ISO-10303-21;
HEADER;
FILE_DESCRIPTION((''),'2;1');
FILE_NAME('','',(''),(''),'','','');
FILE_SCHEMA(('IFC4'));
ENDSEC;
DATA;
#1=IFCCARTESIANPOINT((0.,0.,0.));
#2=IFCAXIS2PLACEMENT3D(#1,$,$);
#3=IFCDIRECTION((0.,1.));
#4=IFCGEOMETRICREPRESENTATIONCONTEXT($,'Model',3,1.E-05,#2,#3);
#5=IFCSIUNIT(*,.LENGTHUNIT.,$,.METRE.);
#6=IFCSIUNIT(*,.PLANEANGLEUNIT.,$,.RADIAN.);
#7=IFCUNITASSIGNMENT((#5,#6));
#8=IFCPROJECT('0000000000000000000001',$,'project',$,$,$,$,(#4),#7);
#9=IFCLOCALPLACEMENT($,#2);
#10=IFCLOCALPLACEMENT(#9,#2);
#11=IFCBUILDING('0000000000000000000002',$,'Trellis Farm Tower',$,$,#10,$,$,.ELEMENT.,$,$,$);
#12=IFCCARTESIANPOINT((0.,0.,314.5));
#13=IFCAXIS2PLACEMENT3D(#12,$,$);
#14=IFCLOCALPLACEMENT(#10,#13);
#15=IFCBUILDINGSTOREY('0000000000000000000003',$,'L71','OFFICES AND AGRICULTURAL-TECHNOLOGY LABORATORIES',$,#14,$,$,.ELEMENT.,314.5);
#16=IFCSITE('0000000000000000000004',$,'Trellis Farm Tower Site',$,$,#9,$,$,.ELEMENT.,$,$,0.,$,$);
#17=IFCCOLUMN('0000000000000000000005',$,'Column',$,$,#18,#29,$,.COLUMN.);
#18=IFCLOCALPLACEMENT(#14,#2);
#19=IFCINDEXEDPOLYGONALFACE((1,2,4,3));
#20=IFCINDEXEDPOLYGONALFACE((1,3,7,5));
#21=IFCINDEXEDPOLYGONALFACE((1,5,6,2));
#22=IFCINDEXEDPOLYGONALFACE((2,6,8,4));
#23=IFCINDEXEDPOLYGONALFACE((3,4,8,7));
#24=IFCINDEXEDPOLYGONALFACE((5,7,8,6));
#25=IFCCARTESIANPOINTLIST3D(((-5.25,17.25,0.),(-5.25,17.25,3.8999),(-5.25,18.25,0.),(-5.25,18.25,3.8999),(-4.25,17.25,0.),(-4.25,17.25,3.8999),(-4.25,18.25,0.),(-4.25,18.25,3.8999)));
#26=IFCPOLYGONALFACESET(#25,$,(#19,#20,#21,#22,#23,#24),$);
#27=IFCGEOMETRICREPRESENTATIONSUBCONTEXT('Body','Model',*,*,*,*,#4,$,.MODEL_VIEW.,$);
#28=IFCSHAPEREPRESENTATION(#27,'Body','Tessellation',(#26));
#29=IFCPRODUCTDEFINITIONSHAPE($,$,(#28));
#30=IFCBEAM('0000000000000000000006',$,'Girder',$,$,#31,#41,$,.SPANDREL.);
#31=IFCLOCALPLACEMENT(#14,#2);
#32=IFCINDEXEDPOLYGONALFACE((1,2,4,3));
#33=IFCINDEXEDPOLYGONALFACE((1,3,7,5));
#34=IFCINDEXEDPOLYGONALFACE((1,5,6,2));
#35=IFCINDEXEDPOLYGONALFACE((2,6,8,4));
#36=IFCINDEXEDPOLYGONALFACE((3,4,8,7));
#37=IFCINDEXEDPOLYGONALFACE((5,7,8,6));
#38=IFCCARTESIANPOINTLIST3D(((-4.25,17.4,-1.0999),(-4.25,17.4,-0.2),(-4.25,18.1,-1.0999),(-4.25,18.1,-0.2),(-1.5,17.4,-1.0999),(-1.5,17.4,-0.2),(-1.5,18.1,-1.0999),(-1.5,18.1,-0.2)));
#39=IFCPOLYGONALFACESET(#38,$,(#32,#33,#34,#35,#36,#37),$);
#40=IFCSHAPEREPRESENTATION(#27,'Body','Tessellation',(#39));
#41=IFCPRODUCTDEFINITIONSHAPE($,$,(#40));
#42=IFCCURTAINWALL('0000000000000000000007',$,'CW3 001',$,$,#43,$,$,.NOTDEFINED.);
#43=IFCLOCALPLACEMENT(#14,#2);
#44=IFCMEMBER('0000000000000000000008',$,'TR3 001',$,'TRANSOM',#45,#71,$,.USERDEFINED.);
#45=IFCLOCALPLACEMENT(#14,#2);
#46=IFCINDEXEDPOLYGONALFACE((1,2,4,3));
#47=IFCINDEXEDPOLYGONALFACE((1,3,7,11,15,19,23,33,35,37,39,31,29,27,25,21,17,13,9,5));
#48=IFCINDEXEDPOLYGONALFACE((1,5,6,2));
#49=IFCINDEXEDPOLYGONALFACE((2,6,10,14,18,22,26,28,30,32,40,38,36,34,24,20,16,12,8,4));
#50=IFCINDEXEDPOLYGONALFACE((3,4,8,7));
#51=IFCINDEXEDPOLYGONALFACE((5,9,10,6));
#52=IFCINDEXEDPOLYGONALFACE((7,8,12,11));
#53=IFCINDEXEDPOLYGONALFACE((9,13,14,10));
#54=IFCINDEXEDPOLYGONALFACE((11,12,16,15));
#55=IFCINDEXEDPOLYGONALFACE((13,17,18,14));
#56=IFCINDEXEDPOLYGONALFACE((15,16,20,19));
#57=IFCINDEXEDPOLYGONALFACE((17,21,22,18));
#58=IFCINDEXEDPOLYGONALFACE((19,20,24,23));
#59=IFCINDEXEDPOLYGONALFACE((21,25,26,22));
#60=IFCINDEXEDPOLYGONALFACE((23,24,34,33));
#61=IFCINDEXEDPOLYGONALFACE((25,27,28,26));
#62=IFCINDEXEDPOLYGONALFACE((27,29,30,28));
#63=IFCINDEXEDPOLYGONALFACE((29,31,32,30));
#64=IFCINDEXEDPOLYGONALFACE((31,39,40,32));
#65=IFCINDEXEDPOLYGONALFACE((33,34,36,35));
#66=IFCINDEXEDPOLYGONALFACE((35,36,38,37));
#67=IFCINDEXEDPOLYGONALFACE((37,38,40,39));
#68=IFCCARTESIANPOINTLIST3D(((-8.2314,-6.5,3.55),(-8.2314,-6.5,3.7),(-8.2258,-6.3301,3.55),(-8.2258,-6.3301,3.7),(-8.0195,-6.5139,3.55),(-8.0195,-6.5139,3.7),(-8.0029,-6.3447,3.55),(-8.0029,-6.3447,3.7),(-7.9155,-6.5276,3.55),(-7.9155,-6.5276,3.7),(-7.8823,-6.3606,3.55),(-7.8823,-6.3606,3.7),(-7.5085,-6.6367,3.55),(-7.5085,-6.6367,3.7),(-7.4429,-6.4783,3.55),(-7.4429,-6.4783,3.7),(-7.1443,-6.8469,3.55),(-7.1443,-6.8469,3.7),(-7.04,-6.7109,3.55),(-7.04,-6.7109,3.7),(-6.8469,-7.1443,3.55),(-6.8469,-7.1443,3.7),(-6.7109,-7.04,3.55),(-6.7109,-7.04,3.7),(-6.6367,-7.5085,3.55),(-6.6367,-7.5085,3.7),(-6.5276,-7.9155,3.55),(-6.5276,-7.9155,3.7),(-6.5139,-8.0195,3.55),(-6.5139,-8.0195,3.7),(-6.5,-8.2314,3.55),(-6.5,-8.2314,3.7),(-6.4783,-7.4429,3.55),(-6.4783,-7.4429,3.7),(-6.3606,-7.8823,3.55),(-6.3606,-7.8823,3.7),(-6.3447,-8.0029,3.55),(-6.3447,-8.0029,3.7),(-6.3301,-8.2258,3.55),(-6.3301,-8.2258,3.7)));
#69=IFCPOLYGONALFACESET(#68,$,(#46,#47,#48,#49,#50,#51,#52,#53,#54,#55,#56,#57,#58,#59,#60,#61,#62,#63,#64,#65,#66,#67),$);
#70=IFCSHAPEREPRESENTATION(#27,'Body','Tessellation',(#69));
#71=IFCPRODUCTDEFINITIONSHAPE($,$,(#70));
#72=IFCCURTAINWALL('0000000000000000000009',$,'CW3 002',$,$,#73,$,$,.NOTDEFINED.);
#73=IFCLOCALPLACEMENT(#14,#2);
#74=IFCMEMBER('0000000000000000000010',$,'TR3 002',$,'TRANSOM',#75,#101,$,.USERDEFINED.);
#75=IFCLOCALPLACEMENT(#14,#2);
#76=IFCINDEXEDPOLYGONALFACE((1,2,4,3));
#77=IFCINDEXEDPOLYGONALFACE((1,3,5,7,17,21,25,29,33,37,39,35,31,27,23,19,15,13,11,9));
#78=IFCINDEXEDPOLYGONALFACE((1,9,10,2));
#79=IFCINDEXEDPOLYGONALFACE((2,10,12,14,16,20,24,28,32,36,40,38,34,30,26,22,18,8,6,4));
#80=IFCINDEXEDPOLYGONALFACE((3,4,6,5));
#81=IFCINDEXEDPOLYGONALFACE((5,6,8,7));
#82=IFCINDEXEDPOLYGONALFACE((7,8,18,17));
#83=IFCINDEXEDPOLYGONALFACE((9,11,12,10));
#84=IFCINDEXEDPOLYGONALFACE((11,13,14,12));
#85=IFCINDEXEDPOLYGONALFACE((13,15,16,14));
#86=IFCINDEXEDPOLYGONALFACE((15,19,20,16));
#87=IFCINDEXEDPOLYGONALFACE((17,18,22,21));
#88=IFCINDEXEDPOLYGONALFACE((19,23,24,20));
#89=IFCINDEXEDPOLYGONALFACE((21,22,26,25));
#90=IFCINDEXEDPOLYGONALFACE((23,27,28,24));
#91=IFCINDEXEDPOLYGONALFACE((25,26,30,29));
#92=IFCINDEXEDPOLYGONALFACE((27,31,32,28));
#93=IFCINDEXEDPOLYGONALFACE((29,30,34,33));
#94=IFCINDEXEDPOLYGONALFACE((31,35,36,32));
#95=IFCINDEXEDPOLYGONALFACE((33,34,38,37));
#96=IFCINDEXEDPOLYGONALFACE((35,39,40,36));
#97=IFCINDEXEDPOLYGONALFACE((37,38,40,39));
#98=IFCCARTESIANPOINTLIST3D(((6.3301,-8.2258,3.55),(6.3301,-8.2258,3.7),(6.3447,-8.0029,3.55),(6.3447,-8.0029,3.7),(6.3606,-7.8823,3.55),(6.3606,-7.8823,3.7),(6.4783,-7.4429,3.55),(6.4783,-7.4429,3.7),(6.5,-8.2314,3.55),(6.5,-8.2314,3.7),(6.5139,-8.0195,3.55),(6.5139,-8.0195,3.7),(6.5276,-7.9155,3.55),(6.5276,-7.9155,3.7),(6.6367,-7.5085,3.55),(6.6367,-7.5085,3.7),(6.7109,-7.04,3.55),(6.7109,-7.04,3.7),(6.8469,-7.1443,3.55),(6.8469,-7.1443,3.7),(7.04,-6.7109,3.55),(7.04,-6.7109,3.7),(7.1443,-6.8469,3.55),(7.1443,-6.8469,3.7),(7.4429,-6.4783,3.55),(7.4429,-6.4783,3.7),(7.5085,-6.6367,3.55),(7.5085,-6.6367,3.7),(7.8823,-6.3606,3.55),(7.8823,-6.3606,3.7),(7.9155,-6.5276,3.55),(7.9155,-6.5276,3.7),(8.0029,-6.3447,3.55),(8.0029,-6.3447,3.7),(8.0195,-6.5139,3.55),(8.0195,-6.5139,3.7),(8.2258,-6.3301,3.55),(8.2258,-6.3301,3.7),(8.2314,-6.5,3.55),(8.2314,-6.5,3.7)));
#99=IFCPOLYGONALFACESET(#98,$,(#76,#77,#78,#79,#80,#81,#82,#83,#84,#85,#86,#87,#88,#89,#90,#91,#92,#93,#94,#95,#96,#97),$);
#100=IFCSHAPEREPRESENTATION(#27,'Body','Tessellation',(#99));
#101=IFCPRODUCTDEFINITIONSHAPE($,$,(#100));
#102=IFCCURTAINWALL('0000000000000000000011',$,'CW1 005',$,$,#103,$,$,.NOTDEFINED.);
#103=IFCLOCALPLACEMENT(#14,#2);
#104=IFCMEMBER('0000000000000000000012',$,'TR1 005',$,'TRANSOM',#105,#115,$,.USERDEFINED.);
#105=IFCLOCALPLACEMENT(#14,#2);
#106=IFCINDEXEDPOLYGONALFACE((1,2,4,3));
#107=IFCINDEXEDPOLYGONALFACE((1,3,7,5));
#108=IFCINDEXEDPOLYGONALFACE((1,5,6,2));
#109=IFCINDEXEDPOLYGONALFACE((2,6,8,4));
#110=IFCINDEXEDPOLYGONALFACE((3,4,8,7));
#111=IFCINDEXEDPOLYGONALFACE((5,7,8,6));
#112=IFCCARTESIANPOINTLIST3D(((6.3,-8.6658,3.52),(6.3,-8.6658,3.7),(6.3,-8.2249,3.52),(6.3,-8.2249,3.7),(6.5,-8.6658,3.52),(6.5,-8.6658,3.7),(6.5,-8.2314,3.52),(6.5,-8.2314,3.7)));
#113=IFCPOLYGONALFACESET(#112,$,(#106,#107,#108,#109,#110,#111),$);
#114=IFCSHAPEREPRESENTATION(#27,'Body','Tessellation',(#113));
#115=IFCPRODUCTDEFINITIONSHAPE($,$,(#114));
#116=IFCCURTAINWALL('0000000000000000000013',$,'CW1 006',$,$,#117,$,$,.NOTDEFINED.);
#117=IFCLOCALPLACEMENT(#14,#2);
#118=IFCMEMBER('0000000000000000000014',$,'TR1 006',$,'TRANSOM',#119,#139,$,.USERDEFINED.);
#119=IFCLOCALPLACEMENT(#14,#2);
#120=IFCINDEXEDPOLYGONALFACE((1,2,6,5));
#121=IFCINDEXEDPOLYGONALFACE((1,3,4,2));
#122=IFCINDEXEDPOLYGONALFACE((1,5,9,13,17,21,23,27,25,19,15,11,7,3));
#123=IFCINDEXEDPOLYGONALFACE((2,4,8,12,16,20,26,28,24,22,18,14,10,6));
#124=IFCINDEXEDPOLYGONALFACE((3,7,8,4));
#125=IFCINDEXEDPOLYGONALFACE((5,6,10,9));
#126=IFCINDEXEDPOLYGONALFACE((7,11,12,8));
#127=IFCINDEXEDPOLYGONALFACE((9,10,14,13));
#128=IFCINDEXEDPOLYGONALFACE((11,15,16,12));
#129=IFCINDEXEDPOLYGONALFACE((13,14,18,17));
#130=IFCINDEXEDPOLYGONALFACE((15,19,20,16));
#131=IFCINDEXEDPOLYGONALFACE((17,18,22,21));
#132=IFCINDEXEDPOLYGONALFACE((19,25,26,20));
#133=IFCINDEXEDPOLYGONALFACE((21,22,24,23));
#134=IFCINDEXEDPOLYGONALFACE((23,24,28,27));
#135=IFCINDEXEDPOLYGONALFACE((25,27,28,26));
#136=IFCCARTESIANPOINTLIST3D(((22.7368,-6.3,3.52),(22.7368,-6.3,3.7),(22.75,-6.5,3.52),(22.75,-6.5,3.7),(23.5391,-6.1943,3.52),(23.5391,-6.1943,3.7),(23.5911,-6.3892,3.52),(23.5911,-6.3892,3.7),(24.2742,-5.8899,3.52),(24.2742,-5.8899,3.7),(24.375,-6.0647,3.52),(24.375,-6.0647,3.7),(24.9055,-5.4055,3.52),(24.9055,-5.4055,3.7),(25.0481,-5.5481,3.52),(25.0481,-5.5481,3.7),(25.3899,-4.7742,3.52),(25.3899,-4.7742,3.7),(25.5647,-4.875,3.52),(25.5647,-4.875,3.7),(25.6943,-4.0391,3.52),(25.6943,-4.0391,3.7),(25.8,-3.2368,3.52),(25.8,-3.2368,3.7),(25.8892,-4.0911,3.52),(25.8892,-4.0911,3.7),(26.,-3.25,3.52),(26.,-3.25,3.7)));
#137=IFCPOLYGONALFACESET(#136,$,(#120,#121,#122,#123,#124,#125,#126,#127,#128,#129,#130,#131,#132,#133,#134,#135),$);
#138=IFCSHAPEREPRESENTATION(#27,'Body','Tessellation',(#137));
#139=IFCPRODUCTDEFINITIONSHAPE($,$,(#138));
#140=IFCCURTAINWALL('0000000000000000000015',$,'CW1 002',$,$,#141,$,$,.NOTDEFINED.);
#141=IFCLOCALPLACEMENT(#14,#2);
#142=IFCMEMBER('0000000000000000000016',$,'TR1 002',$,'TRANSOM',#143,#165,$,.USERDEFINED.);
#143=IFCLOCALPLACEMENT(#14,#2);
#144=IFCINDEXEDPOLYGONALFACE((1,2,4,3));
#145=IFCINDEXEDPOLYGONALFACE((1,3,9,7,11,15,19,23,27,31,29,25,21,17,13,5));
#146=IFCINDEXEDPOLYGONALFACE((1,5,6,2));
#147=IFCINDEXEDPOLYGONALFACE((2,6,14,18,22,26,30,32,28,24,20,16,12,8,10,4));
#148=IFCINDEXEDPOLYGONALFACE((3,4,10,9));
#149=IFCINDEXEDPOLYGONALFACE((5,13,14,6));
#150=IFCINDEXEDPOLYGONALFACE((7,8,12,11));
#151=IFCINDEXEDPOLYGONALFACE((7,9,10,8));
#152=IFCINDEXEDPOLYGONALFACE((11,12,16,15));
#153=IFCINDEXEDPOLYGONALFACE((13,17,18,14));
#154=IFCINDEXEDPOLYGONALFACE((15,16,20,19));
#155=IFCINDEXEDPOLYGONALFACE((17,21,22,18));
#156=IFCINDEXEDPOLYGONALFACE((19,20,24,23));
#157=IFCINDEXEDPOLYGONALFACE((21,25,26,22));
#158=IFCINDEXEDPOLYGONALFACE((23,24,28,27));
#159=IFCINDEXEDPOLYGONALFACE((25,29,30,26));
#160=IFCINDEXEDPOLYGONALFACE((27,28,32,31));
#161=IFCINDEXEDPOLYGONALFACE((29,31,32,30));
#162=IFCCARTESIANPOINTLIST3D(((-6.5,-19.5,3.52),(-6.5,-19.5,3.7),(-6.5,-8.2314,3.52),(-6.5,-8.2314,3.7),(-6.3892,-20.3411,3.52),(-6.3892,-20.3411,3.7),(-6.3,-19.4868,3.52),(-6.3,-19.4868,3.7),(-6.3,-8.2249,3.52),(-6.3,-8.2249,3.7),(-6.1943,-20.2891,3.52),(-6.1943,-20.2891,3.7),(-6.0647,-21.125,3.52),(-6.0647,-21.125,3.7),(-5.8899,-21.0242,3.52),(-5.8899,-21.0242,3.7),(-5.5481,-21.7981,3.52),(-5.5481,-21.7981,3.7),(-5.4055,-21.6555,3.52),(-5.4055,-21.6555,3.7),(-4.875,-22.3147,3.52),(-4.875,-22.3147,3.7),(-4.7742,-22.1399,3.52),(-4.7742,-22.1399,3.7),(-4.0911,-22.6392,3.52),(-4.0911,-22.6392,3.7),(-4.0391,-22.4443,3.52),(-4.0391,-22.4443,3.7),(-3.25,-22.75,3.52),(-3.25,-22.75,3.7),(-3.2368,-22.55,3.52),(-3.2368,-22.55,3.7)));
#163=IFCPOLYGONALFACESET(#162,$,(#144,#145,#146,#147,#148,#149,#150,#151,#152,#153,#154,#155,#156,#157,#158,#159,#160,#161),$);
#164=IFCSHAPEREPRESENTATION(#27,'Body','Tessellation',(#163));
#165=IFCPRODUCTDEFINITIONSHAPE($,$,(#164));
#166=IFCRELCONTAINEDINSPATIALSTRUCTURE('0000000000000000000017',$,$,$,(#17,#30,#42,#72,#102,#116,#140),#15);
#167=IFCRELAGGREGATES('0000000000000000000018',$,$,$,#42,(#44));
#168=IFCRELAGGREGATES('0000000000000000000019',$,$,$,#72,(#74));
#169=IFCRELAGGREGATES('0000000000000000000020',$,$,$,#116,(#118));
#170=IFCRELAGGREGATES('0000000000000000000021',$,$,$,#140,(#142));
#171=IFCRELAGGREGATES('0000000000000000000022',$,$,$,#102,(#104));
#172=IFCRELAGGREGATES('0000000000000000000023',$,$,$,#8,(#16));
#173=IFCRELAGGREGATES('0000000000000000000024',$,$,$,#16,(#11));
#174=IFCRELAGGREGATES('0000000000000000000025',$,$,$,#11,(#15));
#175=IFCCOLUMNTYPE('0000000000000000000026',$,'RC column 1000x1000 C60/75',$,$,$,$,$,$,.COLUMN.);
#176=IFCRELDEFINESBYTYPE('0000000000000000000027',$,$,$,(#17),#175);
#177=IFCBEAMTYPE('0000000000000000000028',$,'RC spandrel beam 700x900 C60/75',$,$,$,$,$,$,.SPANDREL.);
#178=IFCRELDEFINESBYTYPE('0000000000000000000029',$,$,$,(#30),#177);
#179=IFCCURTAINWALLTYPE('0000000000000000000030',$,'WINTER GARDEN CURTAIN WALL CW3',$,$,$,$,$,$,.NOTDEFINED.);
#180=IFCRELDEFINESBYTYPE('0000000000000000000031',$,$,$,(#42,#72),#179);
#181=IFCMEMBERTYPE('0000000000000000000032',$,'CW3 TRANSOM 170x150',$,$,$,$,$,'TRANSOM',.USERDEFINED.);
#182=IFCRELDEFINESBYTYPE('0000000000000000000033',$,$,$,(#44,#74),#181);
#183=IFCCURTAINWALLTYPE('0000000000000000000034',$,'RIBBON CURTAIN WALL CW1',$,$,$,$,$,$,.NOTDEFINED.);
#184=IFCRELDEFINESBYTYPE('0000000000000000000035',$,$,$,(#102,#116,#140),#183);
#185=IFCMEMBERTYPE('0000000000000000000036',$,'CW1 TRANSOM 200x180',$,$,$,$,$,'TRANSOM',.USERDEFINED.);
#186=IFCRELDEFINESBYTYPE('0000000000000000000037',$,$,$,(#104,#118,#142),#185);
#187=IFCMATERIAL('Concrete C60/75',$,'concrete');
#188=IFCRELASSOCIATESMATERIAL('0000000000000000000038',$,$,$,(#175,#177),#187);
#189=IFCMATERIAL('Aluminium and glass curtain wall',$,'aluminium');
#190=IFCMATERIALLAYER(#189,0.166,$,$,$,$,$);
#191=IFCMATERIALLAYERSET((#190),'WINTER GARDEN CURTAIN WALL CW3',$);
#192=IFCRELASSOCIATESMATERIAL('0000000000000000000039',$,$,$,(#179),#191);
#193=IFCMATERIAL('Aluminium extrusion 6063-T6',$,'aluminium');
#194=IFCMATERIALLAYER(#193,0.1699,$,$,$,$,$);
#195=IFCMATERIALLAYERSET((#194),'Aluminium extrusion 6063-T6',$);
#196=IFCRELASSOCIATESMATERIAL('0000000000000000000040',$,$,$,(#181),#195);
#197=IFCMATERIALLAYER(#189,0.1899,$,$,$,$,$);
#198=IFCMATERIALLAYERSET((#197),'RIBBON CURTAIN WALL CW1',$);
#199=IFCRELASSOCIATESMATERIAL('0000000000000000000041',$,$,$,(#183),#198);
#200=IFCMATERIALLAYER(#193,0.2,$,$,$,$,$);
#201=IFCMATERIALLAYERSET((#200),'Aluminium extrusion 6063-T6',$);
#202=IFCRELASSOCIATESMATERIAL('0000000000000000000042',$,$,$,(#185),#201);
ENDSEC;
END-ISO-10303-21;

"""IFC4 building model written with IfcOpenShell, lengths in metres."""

from ifc_helpers import new_model, si_unit, direction, frame, origin, origin_2d, place, context, subcontext, project, spatial, polyline, rectangle, outline, extrude, source, transform, mapped, material, layer, layer_set, material_profile, profile_set, type_object, element, aggregate, save


model = new_model("IFC4")

# Units and contexts
model_context = context("Model", 3, precision=1e-05, world=origin(), true_north=direction((0.0, 1.0)))
body_context = subcontext(model_context, "Body", "Model", "MODEL_VIEW")
ifc_project = project(units=[si_unit("LENGTHUNIT", "METRE"), si_unit("PLANEANGLEUNIT", "RADIAN")], contexts=[model_context])

# Site, building, storey
site_placement = place(None, origin())
site = spatial("IfcSite", under=ifc_project, at=site_placement, Name="Trellis Farm Tower Site", CompositionType="ELEMENT", RefElevation=0.0)
building_placement = place(site_placement, origin())
building = spatial("IfcBuilding", under=site, at=building_placement, Name="Trellis Farm Tower", CompositionType="ELEMENT")
storey_placement = place(building_placement, frame((0.0, 0.0, 314.5)))
storey = spatial("IfcBuildingStorey", under=building, at=storey_placement, Name="L71", Description="OFFICES AND AGRICULTURAL-TECHNOLOGY LABORATORIES", CompositionType="ELEMENT", Elevation=314.5)

# Column
ifc_material_1 = material(Name="Concrete C60/75", Category="concrete")
ifc_material_profile_1 = material_profile(ifc_material_1, rectangle(XDim=1.0, YDim=1.0, at=origin_2d()), Name="RC column 1000x1000 C60/75")
ifc_profile_set_1 = profile_set([ifc_material_profile_1], Name="Concrete C60/75")
column_type = type_object("IfcColumnType", Name="RC column 1000x1000 C60/75", PredefinedType="COLUMN", material=ifc_profile_set_1)
shared_shape_1 = source(origin(), body_context, "Body", "SweptSolid", [
    extrude(rectangle(XDim=1.0, YDim=1.0, at=origin_2d()), origin(), (0.0, 0.0, 1.0), 3.8999),
])
column_placement = place(storey_placement, frame((-4.75, 17.75, 0.0), z_axis=(0.0, 0.0, 1.0), x_axis=(1.0, 0.0, 0.0)))
element("IfcColumn", 1, at=column_placement, inside=storey, type_object=column_type, Name="Column", PredefinedType="COLUMN", context=body_context, shape_type="MappedRepresentation", body=[
    mapped(shared_shape_1, transform((0.0, 0.0, 0.0))),
])

# Beam
ifc_material_profile_2 = material_profile(ifc_material_1, rectangle(XDim=0.7, YDim=0.8999, at=origin_2d()), Name="RC spandrel beam 700x900 C60/75")
ifc_profile_set_2 = profile_set([ifc_material_profile_2], Name="Concrete C60/75")
beam_type = type_object("IfcBeamType", Name="RC spandrel beam 700x900 C60/75", PredefinedType="SPANDREL", material=ifc_profile_set_2)
shared_shape_2 = source(origin(), body_context, "Body", "SweptSolid", [
    extrude(rectangle(XDim=0.7, YDim=0.8999, at=origin_2d()), origin(), (0.0, 0.0, 1.0), 2.75),
])
beam_placement = place(storey_placement, frame((-4.25, 17.75, -0.6499), z_axis=(1.0, 0.0, 0.0), x_axis=(0.0, 1.0, 0.0)))
element("IfcBeam", 2, at=beam_placement, inside=storey, type_object=beam_type, Name="Girder", PredefinedType="SPANDREL", context=body_context, shape_type="MappedRepresentation", body=[
    mapped(shared_shape_2, transform((0.0, 0.0, 0.0))),
])

# Curtain walls, members
ifc_material_2 = material(Name="Aluminium and glass curtain wall", Category="aluminium")
ifc_layer_1 = layer(ifc_material_2, 0.166)
ifc_layer_set_1 = layer_set([ifc_layer_1], Name="WINTER GARDEN CURTAIN WALL CW3")
curtain_wall_type_1 = type_object("IfcCurtainWallType", Name="WINTER GARDEN CURTAIN WALL CW3", PredefinedType="NOTDEFINED", material=ifc_layer_set_1)
placement_1 = place(storey_placement, origin())
curtain_wall_1 = element("IfcCurtainWall", 3, at=placement_1, inside=storey, type_object=curtain_wall_type_1, Name="CW3 001", PredefinedType="NOTDEFINED")
ifc_material_3 = material(Name="Aluminium extrusion 6063-T6", Category="aluminium")
ifc_layer_2 = layer(ifc_material_3, 0.1699)
ifc_layer_set_2 = layer_set([ifc_layer_2], Name="Aluminium extrusion 6063-T6")
member_type_1 = type_object("IfcMemberType", Name="CW3 TRANSOM 170x150", ElementType="TRANSOM", PredefinedType="USERDEFINED", material=ifc_layer_set_2)
shared_shape_3 = source(origin(), body_context, "Body", "SweptSolid", [
    extrude(outline(polyline([(-8.2314, -6.5), (-8.0195, -6.5139), (-7.9155, -6.5276), (-7.5085, -6.6367), (-7.1443, -6.8469), (-6.8469, -7.1443), (-6.6367, -7.5085), (-6.5276, -7.9155), (-6.5139, -8.0195), (-6.5, -8.2314), (-6.3301, -8.2258), (-6.3447, -8.0029), (-6.3606, -7.8823), (-6.4783, -7.4429), (-6.7109, -7.04), (-7.04, -6.7109), (-7.4429, -6.4783), (-7.8823, -6.3606), (-8.0029, -6.3447), (-8.2258, -6.3301), (-8.2314, -6.5)])), origin(), (0.0, 0.0, 1.0), 0.1499),
])
placement_2 = place(storey_placement, frame((0.0, 0.0, 3.55)))
member_1 = element("IfcMember", 4, at=placement_2, type_object=member_type_1, Name="TR3 001", ObjectType="TRANSOM", PredefinedType="USERDEFINED", context=body_context, shape_type="MappedRepresentation", body=[
    mapped(shared_shape_3, transform((0.0, 0.0, 0.0))),
])
aggregate(curtain_wall_1, [member_1])
curtain_wall_2 = element("IfcCurtainWall", 5, at=placement_1, inside=storey, type_object=curtain_wall_type_1, Name="CW3 002", PredefinedType="NOTDEFINED")
shared_shape_4 = source(origin(), body_context, "Body", "SweptSolid", [
    extrude(outline(polyline([(6.5, -8.2314), (6.5139, -8.0195), (6.5276, -7.9155), (6.6367, -7.5085), (6.8469, -7.1443), (7.1443, -6.8469), (7.5085, -6.6367), (7.9155, -6.5276), (8.0195, -6.5139), (8.2314, -6.5), (8.2258, -6.3301), (8.0029, -6.3447), (7.8823, -6.3606), (7.4429, -6.4783), (7.04, -6.7109), (6.7109, -7.04), (6.4783, -7.4429), (6.3606, -7.8823), (6.3447, -8.0029), (6.3301, -8.2258), (6.5, -8.2314)])), origin(), (0.0, 0.0, 1.0), 0.1499),
])
member_2 = element("IfcMember", 6, at=placement_2, type_object=member_type_1, Name="TR3 002", ObjectType="TRANSOM", PredefinedType="USERDEFINED", context=body_context, shape_type="MappedRepresentation", body=[
    mapped(shared_shape_4, transform((0.0, 0.0, 0.0))),
])
ifc_layer_3 = layer(ifc_material_2, 0.1899)
ifc_layer_set_3 = layer_set([ifc_layer_3], Name="RIBBON CURTAIN WALL CW1")
curtain_wall_type_2 = type_object("IfcCurtainWallType", Name="RIBBON CURTAIN WALL CW1", PredefinedType="NOTDEFINED", material=ifc_layer_set_3)
curtain_wall_3 = element("IfcCurtainWall", 7, at=placement_1, inside=storey, type_object=curtain_wall_type_2, Name="CW1 005", PredefinedType="NOTDEFINED")
ifc_layer_4 = layer(ifc_material_3, 0.2)
ifc_layer_set_4 = layer_set([ifc_layer_4], Name="Aluminium extrusion 6063-T6")
member_type_2 = type_object("IfcMemberType", Name="CW1 TRANSOM 200x180", ElementType="TRANSOM", PredefinedType="USERDEFINED", material=ifc_layer_set_4)
shared_shape_5 = source(origin(), body_context, "Body", "SweptSolid", [
    extrude(outline(polyline([(6.5, -8.6658), (6.5, -8.2314), (6.3, -8.2249), (6.3, -8.6658), (6.5, -8.6658)])), origin(), (0.0, 0.0, 1.0), 0.1799),
])
placement_3 = place(storey_placement, frame((0.0, 0.0, 3.52)))
member_3 = element("IfcMember", 8, at=placement_3, type_object=member_type_2, Name="TR1 005", ObjectType="TRANSOM", PredefinedType="USERDEFINED", context=body_context, shape_type="MappedRepresentation", body=[
    mapped(shared_shape_5, transform((0.0, 0.0, 0.0))),
])
curtain_wall_4 = element("IfcCurtainWall", 9, at=placement_1, inside=storey, type_object=curtain_wall_type_2, Name="CW1 006", PredefinedType="NOTDEFINED")
shared_shape_6 = source(origin(), body_context, "Body", "SweptSolid", [
    extrude(outline(polyline([(22.75, -6.5), (23.5911, -6.3892), (24.375, -6.0647), (25.0481, -5.5481), (25.5647, -4.875), (25.8892, -4.0911), (26.0, -3.25), (25.8, -3.2368), (25.6943, -4.0391), (25.3899, -4.7742), (24.9055, -5.4055), (24.2742, -5.8899), (23.5391, -6.1943), (22.7368, -6.3), (22.75, -6.5)])), origin(), (0.0, 0.0, 1.0), 0.1799),
])
member_4 = element("IfcMember", 10, at=placement_3, type_object=member_type_2, Name="TR1 006", ObjectType="TRANSOM", PredefinedType="USERDEFINED", context=body_context, shape_type="MappedRepresentation", body=[
    mapped(shared_shape_6, transform((0.0, 0.0, 0.0))),
])
curtain_wall_5 = element("IfcCurtainWall", 11, at=placement_1, inside=storey, type_object=curtain_wall_type_2, Name="CW1 002", PredefinedType="NOTDEFINED")
shared_shape_7 = source(origin(), body_context, "Body", "SweptSolid", [
    extrude(outline(polyline([(-6.5, -8.2314), (-6.5, -19.5), (-6.3892, -20.3411), (-6.0647, -21.125), (-5.5481, -21.7981), (-4.875, -22.3147), (-4.0911, -22.6392), (-3.25, -22.75), (-3.2368, -22.55), (-4.0391, -22.4443), (-4.7742, -22.1399), (-5.4055, -21.6555), (-5.8899, -21.0242), (-6.1943, -20.2891), (-6.3, -19.4868), (-6.3, -8.2249), (-6.5, -8.2314)])), origin(), (0.0, 0.0, 1.0), 0.1799),
])
member_5 = element("IfcMember", 12, at=placement_3, type_object=member_type_2, Name="TR1 002", ObjectType="TRANSOM", PredefinedType="USERDEFINED", context=body_context, shape_type="MappedRepresentation", body=[
    mapped(shared_shape_7, transform((0.0, 0.0, 0.0))),
])

aggregate(curtain_wall_2, [member_2])
aggregate(curtain_wall_4, [member_4])
aggregate(curtain_wall_5, [member_5])
aggregate(curtain_wall_3, [member_3])

save(model, "model.ifc")
